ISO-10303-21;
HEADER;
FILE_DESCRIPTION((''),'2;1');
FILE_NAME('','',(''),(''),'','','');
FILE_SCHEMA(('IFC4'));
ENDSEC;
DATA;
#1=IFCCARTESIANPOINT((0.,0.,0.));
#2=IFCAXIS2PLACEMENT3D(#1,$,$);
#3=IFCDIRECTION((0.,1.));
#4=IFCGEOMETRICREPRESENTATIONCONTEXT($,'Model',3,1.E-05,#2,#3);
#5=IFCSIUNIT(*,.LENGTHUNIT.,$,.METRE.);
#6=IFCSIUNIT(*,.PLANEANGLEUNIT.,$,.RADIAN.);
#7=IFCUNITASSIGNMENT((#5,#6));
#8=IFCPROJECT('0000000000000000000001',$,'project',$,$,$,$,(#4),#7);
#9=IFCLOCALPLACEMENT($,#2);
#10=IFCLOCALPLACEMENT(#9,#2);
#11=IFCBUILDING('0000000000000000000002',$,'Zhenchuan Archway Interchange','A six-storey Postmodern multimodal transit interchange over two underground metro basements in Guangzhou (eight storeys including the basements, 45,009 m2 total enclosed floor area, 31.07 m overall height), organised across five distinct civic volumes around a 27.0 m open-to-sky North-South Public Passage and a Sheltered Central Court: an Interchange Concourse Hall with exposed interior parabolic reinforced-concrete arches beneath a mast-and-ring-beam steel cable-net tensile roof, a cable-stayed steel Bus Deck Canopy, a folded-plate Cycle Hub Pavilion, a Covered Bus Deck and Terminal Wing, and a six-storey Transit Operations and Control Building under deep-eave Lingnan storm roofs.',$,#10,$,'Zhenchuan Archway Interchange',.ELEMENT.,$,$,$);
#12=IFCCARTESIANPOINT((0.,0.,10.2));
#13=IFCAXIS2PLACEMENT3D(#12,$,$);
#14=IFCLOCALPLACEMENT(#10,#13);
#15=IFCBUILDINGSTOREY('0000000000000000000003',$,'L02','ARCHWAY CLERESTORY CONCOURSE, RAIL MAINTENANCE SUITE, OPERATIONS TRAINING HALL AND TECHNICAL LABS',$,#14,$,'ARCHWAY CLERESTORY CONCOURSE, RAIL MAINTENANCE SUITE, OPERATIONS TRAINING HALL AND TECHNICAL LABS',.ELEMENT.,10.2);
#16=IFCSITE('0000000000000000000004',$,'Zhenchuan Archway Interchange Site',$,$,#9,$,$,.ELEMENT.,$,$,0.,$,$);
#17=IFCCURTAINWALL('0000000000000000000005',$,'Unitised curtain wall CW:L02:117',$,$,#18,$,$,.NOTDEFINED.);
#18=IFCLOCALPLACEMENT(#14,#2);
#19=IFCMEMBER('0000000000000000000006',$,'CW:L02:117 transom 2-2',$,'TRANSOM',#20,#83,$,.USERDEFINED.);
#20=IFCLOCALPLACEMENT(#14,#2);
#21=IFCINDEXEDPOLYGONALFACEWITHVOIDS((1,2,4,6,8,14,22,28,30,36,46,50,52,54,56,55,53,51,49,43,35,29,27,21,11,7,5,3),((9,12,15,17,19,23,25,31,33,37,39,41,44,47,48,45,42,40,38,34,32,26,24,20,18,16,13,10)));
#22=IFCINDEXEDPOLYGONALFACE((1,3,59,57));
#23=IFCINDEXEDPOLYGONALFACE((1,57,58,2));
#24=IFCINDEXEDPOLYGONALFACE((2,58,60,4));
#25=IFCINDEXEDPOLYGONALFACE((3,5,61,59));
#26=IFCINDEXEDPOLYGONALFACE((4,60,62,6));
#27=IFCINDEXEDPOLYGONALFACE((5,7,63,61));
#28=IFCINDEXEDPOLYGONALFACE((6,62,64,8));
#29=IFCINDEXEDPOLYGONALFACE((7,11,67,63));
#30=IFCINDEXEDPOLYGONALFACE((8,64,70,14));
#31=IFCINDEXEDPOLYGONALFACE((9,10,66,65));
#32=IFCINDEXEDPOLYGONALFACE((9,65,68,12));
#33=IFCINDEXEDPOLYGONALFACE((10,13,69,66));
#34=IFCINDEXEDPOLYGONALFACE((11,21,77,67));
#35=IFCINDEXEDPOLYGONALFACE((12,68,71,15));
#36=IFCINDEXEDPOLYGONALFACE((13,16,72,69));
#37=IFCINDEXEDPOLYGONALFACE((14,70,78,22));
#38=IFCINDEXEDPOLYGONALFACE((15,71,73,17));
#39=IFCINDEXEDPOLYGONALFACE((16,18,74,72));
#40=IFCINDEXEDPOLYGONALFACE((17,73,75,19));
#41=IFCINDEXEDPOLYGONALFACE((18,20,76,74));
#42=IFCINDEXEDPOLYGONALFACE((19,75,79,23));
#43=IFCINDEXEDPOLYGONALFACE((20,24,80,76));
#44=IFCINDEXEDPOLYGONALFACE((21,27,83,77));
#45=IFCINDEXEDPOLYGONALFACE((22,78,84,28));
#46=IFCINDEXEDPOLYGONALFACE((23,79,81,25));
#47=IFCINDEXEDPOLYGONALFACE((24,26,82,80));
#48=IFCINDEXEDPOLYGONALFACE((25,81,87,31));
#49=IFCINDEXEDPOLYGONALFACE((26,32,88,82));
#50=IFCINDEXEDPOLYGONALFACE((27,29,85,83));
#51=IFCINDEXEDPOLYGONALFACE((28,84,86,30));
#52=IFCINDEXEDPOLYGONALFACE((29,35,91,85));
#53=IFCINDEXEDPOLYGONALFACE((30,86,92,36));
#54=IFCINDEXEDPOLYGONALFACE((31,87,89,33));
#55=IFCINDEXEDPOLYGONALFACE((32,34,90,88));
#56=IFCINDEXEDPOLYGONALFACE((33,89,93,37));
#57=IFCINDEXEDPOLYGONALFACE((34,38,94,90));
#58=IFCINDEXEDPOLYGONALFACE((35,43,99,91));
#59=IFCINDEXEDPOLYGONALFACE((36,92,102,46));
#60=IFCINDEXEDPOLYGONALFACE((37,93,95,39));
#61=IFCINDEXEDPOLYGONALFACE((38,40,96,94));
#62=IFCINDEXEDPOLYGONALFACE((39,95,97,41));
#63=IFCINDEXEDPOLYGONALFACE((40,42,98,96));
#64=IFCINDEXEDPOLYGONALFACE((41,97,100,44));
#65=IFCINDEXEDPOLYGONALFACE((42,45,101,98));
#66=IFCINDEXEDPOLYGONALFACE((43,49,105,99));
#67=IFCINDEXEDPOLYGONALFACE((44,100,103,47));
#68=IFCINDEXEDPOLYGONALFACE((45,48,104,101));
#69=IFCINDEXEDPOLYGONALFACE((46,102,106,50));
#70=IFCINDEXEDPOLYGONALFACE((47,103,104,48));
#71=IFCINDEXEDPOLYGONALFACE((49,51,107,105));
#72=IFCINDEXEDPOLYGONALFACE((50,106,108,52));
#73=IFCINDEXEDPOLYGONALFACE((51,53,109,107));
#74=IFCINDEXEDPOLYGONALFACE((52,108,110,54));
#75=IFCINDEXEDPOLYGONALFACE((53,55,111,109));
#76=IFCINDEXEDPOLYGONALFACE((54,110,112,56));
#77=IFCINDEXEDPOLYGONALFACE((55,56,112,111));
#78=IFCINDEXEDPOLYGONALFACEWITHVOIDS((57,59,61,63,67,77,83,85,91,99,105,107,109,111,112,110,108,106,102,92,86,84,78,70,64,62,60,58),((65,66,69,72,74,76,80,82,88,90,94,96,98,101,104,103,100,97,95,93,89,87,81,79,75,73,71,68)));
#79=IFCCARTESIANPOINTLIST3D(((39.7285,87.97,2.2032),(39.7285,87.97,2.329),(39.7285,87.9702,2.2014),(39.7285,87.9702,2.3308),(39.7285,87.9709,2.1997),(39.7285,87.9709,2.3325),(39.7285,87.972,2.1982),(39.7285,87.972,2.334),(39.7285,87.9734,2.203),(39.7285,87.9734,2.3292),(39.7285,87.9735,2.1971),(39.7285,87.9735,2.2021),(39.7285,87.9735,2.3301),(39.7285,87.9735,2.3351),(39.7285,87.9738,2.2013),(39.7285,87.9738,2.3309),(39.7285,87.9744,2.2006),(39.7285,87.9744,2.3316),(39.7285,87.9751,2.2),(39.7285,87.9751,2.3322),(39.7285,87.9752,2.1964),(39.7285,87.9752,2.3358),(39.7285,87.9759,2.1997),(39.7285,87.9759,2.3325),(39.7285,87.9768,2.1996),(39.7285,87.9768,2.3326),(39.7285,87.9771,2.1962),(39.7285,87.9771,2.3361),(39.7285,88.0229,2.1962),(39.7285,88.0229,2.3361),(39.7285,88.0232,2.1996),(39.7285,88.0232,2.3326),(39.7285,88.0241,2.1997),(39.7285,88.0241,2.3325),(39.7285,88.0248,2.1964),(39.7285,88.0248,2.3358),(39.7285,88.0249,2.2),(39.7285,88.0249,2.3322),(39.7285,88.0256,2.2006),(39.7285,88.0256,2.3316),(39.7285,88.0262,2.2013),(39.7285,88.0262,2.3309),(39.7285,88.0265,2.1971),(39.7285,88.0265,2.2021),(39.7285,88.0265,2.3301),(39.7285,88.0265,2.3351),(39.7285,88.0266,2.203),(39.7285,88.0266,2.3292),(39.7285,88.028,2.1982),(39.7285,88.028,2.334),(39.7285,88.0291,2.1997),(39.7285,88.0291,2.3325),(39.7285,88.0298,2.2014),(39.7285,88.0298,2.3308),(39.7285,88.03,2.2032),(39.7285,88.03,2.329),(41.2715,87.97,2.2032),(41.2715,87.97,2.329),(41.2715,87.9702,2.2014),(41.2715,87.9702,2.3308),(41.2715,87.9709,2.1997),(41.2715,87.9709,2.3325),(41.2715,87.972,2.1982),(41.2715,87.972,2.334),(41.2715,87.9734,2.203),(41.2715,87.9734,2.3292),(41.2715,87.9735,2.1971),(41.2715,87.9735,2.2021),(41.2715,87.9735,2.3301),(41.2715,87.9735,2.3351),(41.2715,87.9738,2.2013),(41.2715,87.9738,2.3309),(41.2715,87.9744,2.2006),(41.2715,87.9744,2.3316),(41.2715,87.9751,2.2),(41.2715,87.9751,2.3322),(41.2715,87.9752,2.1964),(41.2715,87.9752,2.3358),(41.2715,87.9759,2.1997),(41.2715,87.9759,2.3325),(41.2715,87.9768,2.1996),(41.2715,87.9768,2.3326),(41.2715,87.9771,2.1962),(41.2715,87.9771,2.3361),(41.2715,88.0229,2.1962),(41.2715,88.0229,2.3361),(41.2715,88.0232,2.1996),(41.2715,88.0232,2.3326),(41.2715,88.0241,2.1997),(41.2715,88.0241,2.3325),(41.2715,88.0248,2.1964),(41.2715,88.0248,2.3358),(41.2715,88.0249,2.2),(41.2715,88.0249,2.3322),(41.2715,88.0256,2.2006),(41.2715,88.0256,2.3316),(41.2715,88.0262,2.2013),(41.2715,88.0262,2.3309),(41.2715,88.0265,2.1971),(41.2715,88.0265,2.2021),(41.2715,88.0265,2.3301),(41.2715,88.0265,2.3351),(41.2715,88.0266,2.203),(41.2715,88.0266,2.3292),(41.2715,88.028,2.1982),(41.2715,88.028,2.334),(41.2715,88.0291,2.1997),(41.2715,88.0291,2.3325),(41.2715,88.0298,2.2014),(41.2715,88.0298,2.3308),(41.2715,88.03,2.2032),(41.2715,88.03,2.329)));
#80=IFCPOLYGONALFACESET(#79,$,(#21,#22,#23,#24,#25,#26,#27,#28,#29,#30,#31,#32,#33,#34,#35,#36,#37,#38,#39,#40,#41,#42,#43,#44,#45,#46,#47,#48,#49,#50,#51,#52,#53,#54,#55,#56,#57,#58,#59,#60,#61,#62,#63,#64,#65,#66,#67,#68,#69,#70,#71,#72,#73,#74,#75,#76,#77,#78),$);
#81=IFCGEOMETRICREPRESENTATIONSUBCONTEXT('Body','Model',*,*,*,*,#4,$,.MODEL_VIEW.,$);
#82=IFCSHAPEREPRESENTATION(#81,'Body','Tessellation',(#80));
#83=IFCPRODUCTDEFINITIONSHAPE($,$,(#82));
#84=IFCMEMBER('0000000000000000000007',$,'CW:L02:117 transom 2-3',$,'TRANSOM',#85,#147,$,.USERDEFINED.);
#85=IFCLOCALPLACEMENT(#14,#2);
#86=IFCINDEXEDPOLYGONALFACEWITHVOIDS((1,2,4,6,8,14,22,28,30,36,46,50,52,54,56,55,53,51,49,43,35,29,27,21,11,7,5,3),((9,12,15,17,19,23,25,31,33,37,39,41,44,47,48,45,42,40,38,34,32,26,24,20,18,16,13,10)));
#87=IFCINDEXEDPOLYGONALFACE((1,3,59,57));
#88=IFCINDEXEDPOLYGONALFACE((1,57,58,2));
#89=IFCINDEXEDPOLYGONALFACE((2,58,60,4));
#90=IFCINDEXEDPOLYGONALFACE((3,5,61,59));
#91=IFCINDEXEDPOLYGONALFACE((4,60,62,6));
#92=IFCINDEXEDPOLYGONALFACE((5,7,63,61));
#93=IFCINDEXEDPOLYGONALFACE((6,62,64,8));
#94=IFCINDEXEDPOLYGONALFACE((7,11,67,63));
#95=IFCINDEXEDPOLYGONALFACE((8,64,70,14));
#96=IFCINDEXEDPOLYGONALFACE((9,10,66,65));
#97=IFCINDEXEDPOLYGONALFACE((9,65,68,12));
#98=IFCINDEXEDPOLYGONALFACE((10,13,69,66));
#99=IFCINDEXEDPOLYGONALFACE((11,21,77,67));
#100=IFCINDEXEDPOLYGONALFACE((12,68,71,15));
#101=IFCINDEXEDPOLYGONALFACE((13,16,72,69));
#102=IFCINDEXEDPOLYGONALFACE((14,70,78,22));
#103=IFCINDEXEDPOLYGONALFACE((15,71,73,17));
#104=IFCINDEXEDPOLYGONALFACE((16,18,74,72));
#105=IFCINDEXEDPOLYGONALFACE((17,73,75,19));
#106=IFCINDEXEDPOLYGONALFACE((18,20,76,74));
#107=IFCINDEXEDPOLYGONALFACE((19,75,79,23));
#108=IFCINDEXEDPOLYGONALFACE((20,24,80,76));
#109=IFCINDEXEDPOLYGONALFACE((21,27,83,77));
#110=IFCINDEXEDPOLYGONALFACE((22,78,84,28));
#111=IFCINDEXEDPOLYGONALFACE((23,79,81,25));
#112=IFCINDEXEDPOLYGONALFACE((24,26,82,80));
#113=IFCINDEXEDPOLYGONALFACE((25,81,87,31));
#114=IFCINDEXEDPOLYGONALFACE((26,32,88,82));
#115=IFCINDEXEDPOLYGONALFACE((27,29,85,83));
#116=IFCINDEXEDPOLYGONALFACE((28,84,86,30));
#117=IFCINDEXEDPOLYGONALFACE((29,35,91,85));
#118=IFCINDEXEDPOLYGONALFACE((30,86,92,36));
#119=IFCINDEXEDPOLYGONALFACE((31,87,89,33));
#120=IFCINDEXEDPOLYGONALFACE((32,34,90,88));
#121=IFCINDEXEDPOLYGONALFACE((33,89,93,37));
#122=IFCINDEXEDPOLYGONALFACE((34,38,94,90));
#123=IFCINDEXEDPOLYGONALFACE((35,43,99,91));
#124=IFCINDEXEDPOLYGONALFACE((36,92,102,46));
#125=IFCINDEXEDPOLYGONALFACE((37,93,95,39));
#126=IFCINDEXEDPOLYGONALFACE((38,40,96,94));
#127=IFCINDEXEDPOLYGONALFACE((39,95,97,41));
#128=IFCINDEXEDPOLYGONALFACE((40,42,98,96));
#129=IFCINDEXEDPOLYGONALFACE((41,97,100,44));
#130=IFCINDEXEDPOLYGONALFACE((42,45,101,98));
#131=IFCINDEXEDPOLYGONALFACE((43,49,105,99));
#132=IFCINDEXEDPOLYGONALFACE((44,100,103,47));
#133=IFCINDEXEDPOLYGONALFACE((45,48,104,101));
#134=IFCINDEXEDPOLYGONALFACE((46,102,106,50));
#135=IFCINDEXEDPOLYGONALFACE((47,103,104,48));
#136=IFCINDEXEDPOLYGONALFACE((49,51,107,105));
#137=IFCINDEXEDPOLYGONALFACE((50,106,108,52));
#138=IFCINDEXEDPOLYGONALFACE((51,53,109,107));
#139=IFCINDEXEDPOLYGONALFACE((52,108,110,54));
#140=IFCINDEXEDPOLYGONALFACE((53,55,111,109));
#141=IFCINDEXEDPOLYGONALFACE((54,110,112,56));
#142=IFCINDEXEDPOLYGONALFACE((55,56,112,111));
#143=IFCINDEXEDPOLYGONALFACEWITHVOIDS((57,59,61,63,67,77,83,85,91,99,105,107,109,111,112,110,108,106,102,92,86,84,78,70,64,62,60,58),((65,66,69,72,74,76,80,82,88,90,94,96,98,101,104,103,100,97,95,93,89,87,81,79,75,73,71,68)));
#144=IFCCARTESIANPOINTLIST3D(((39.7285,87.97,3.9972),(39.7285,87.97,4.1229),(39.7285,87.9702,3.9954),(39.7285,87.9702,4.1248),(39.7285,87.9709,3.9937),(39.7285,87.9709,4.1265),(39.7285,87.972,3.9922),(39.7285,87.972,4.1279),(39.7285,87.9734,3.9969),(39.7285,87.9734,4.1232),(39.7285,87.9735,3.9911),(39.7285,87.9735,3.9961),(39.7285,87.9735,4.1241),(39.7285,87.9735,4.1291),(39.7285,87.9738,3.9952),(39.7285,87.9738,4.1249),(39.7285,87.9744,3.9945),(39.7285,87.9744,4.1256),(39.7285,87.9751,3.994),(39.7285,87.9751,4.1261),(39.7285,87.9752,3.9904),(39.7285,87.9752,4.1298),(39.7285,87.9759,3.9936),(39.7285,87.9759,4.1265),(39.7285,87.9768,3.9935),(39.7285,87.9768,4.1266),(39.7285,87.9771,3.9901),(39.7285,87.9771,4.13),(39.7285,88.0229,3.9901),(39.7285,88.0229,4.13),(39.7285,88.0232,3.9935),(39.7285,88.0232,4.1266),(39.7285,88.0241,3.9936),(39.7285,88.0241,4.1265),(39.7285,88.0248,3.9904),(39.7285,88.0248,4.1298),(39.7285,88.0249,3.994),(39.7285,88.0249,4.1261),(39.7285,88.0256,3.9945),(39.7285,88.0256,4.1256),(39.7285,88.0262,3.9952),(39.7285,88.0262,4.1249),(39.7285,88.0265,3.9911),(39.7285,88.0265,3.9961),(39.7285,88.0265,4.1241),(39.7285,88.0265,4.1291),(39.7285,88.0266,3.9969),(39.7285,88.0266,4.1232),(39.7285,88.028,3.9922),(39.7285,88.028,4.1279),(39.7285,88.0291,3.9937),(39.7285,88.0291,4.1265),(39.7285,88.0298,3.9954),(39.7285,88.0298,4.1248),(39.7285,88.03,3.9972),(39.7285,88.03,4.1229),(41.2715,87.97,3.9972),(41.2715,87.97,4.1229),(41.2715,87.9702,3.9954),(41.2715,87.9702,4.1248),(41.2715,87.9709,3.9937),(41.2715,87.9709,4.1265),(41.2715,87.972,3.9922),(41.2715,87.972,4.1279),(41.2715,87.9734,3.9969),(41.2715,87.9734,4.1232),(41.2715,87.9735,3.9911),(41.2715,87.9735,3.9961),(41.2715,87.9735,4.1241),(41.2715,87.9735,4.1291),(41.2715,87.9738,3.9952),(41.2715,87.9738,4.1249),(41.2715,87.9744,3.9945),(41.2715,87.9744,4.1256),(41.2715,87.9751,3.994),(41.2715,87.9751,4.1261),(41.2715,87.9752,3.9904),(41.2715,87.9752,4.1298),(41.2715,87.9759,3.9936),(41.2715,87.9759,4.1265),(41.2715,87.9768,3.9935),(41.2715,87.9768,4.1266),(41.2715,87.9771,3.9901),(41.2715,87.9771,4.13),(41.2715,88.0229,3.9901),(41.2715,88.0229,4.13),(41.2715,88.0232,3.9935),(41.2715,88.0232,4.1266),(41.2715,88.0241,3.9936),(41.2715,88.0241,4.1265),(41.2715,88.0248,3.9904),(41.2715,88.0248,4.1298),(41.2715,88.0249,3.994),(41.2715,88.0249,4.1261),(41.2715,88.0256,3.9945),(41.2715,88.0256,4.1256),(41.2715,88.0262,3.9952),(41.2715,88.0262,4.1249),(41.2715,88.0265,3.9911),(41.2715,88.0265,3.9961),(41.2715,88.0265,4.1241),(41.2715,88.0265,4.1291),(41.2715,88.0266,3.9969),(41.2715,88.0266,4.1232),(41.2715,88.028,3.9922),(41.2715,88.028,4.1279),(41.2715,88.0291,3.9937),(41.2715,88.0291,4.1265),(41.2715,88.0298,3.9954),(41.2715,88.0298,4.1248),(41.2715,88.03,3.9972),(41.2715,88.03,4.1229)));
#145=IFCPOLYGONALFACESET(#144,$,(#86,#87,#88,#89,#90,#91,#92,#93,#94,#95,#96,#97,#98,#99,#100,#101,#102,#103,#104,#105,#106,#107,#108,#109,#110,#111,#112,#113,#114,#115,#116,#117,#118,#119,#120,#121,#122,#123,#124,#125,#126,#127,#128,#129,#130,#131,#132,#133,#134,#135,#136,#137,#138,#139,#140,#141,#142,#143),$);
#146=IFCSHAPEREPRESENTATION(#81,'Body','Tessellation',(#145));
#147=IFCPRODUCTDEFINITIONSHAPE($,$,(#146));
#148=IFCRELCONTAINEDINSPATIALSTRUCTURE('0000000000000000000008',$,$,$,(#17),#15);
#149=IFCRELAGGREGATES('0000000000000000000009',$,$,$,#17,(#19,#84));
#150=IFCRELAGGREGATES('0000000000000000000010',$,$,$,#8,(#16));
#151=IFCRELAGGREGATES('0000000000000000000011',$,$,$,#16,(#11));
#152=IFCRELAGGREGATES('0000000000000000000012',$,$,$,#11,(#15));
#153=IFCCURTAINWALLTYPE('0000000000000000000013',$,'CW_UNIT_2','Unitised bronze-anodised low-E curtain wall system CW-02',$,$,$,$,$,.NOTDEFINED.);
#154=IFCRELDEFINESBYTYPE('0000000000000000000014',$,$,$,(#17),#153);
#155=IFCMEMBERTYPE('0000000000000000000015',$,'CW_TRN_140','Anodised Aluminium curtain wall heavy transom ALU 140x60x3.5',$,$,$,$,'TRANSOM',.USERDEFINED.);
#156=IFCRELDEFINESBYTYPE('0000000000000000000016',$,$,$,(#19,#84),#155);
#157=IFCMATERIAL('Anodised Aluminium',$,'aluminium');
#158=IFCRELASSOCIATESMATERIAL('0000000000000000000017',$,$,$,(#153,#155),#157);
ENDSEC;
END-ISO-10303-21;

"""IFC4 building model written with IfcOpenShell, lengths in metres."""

from ifc_helpers import new_model, si_unit, direction, frame, origin, origin_2d, place, context, subcontext, project, spatial, hollow_rectangle, extrude, material, material_profile, profile_set, type_object, element, aggregate, save


model = new_model("IFC4")

# Units and contexts
model_context = context("Model", 3, precision=1e-05, world=origin(), true_north=direction((0.0, 1.0)))
body_context = subcontext(model_context, "Body", "Model", "MODEL_VIEW")
ifc_project = project(units=[si_unit("LENGTHUNIT", "METRE"), si_unit("PLANEANGLEUNIT", "RADIAN")], contexts=[model_context])

# Site, building, storey
site_placement = place(None, origin())
site = spatial("IfcSite", under=ifc_project, at=site_placement, Name="Zhenchuan Archway Interchange Site", CompositionType="ELEMENT", RefElevation=0.0)
building_placement = place(site_placement, origin())
building = spatial("IfcBuilding", under=site, at=building_placement, Name="Zhenchuan Archway Interchange", Description="A six-storey Postmodern multimodal transit interchange over two underground metro basements in Guangzhou (eight storeys including the basements, 45,009 m2 total enclosed floor area, 31.07 m overall height), organised across five distinct civic volumes around a 27.0 m open-to-sky North-South Public Passage and a Sheltered Central Court: an Interchange Concourse Hall with exposed interior parabolic reinforced-concrete arches beneath a mast-and-ring-beam steel cable-net tensile roof, a cable-stayed steel Bus Deck Canopy, a folded-plate Cycle Hub Pavilion, a Covered Bus Deck and Terminal Wing, and a six-storey Transit Operations and Control Building under deep-eave Lingnan storm roofs.", LongName="Zhenchuan Archway Interchange", CompositionType="ELEMENT")
storey_placement = place(building_placement, frame((0.0, 0.0, 10.2)))
storey = spatial("IfcBuildingStorey", under=building, at=storey_placement, Name="L02", Description="ARCHWAY CLERESTORY CONCOURSE, RAIL MAINTENANCE SUITE, OPERATIONS TRAINING HALL AND TECHNICAL LABS", LongName="ARCHWAY CLERESTORY CONCOURSE, RAIL MAINTENANCE SUITE, OPERATIONS TRAINING HALL AND TECHNICAL LABS", CompositionType="ELEMENT", Elevation=10.2)

# Curtain wall, members
ifc_material_1 = material(Name="Anodised Aluminium", Category="aluminium")
curtain_wall_type = type_object("IfcCurtainWallType", Name="CW_UNIT_2", Description="Unitised bronze-anodised low-E curtain wall system CW-02", PredefinedType="NOTDEFINED", material=ifc_material_1)
curtain_wall_placement = place(storey_placement, origin())
curtain_wall = element("IfcCurtainWall", 1, at=curtain_wall_placement, inside=storey, type_object=curtain_wall_type, Name="Unitised curtain wall CW:L02:117", PredefinedType="NOTDEFINED")
ifc_material_profile_1 = material_profile(ifc_material_1, hollow_rectangle(XDim=0.0601, YDim=0.1399, WallThickness=0.0034, InnerFilletRadius=0.0034, OuterFilletRadius=0.0071, at=origin_2d()), Name="ALU 140x60x3.5")
ifc_profile_set_1 = profile_set([ifc_material_profile_1], Name="Anodised Aluminium")
member_type_1 = type_object("IfcMemberType", Name="CW_TRN_140", Description="Anodised Aluminium curtain wall heavy transom ALU 140x60x3.5", ElementType="TRANSOM", PredefinedType="USERDEFINED", material=ifc_profile_set_1)
member_1_placement = place(storey_placement, frame((39.7285, 88.0, 2.2661), z_axis=(1.0, 0.0, 0.0), x_axis=(0.0, 1.0, 0.0)))
member_1 = element("IfcMember", 2, at=member_1_placement, type_object=member_type_1, Name="CW:L02:117 transom 2-2", ObjectType="TRANSOM", PredefinedType="USERDEFINED", context=body_context, shape_type="SweptSolid", body=[
    extrude(hollow_rectangle(XDim=0.0601, YDim=0.1399, WallThickness=0.0034, InnerFilletRadius=0.0034, OuterFilletRadius=0.0071, at=origin_2d()), origin(), (0.0, 0.0, 1.0), 1.543),
])
member_2_placement = place(storey_placement, frame((39.7285, 88.0, 4.0601), z_axis=(1.0, 0.0, 0.0), x_axis=(0.0, 1.0, 0.0)))
member_2 = element("IfcMember", 3, at=member_2_placement, type_object=member_type_1, Name="CW:L02:117 transom 2-3", ObjectType="TRANSOM", PredefinedType="USERDEFINED", context=body_context, shape_type="SweptSolid", body=[
    extrude(hollow_rectangle(XDim=0.0601, YDim=0.1399, WallThickness=0.0034, InnerFilletRadius=0.0034, OuterFilletRadius=0.0071, at=origin_2d()), origin(), (0.0, 0.0, 1.0), 1.543),
])
aggregate(curtain_wall, [member_1, member_2])

save(model, "model.ifc")
